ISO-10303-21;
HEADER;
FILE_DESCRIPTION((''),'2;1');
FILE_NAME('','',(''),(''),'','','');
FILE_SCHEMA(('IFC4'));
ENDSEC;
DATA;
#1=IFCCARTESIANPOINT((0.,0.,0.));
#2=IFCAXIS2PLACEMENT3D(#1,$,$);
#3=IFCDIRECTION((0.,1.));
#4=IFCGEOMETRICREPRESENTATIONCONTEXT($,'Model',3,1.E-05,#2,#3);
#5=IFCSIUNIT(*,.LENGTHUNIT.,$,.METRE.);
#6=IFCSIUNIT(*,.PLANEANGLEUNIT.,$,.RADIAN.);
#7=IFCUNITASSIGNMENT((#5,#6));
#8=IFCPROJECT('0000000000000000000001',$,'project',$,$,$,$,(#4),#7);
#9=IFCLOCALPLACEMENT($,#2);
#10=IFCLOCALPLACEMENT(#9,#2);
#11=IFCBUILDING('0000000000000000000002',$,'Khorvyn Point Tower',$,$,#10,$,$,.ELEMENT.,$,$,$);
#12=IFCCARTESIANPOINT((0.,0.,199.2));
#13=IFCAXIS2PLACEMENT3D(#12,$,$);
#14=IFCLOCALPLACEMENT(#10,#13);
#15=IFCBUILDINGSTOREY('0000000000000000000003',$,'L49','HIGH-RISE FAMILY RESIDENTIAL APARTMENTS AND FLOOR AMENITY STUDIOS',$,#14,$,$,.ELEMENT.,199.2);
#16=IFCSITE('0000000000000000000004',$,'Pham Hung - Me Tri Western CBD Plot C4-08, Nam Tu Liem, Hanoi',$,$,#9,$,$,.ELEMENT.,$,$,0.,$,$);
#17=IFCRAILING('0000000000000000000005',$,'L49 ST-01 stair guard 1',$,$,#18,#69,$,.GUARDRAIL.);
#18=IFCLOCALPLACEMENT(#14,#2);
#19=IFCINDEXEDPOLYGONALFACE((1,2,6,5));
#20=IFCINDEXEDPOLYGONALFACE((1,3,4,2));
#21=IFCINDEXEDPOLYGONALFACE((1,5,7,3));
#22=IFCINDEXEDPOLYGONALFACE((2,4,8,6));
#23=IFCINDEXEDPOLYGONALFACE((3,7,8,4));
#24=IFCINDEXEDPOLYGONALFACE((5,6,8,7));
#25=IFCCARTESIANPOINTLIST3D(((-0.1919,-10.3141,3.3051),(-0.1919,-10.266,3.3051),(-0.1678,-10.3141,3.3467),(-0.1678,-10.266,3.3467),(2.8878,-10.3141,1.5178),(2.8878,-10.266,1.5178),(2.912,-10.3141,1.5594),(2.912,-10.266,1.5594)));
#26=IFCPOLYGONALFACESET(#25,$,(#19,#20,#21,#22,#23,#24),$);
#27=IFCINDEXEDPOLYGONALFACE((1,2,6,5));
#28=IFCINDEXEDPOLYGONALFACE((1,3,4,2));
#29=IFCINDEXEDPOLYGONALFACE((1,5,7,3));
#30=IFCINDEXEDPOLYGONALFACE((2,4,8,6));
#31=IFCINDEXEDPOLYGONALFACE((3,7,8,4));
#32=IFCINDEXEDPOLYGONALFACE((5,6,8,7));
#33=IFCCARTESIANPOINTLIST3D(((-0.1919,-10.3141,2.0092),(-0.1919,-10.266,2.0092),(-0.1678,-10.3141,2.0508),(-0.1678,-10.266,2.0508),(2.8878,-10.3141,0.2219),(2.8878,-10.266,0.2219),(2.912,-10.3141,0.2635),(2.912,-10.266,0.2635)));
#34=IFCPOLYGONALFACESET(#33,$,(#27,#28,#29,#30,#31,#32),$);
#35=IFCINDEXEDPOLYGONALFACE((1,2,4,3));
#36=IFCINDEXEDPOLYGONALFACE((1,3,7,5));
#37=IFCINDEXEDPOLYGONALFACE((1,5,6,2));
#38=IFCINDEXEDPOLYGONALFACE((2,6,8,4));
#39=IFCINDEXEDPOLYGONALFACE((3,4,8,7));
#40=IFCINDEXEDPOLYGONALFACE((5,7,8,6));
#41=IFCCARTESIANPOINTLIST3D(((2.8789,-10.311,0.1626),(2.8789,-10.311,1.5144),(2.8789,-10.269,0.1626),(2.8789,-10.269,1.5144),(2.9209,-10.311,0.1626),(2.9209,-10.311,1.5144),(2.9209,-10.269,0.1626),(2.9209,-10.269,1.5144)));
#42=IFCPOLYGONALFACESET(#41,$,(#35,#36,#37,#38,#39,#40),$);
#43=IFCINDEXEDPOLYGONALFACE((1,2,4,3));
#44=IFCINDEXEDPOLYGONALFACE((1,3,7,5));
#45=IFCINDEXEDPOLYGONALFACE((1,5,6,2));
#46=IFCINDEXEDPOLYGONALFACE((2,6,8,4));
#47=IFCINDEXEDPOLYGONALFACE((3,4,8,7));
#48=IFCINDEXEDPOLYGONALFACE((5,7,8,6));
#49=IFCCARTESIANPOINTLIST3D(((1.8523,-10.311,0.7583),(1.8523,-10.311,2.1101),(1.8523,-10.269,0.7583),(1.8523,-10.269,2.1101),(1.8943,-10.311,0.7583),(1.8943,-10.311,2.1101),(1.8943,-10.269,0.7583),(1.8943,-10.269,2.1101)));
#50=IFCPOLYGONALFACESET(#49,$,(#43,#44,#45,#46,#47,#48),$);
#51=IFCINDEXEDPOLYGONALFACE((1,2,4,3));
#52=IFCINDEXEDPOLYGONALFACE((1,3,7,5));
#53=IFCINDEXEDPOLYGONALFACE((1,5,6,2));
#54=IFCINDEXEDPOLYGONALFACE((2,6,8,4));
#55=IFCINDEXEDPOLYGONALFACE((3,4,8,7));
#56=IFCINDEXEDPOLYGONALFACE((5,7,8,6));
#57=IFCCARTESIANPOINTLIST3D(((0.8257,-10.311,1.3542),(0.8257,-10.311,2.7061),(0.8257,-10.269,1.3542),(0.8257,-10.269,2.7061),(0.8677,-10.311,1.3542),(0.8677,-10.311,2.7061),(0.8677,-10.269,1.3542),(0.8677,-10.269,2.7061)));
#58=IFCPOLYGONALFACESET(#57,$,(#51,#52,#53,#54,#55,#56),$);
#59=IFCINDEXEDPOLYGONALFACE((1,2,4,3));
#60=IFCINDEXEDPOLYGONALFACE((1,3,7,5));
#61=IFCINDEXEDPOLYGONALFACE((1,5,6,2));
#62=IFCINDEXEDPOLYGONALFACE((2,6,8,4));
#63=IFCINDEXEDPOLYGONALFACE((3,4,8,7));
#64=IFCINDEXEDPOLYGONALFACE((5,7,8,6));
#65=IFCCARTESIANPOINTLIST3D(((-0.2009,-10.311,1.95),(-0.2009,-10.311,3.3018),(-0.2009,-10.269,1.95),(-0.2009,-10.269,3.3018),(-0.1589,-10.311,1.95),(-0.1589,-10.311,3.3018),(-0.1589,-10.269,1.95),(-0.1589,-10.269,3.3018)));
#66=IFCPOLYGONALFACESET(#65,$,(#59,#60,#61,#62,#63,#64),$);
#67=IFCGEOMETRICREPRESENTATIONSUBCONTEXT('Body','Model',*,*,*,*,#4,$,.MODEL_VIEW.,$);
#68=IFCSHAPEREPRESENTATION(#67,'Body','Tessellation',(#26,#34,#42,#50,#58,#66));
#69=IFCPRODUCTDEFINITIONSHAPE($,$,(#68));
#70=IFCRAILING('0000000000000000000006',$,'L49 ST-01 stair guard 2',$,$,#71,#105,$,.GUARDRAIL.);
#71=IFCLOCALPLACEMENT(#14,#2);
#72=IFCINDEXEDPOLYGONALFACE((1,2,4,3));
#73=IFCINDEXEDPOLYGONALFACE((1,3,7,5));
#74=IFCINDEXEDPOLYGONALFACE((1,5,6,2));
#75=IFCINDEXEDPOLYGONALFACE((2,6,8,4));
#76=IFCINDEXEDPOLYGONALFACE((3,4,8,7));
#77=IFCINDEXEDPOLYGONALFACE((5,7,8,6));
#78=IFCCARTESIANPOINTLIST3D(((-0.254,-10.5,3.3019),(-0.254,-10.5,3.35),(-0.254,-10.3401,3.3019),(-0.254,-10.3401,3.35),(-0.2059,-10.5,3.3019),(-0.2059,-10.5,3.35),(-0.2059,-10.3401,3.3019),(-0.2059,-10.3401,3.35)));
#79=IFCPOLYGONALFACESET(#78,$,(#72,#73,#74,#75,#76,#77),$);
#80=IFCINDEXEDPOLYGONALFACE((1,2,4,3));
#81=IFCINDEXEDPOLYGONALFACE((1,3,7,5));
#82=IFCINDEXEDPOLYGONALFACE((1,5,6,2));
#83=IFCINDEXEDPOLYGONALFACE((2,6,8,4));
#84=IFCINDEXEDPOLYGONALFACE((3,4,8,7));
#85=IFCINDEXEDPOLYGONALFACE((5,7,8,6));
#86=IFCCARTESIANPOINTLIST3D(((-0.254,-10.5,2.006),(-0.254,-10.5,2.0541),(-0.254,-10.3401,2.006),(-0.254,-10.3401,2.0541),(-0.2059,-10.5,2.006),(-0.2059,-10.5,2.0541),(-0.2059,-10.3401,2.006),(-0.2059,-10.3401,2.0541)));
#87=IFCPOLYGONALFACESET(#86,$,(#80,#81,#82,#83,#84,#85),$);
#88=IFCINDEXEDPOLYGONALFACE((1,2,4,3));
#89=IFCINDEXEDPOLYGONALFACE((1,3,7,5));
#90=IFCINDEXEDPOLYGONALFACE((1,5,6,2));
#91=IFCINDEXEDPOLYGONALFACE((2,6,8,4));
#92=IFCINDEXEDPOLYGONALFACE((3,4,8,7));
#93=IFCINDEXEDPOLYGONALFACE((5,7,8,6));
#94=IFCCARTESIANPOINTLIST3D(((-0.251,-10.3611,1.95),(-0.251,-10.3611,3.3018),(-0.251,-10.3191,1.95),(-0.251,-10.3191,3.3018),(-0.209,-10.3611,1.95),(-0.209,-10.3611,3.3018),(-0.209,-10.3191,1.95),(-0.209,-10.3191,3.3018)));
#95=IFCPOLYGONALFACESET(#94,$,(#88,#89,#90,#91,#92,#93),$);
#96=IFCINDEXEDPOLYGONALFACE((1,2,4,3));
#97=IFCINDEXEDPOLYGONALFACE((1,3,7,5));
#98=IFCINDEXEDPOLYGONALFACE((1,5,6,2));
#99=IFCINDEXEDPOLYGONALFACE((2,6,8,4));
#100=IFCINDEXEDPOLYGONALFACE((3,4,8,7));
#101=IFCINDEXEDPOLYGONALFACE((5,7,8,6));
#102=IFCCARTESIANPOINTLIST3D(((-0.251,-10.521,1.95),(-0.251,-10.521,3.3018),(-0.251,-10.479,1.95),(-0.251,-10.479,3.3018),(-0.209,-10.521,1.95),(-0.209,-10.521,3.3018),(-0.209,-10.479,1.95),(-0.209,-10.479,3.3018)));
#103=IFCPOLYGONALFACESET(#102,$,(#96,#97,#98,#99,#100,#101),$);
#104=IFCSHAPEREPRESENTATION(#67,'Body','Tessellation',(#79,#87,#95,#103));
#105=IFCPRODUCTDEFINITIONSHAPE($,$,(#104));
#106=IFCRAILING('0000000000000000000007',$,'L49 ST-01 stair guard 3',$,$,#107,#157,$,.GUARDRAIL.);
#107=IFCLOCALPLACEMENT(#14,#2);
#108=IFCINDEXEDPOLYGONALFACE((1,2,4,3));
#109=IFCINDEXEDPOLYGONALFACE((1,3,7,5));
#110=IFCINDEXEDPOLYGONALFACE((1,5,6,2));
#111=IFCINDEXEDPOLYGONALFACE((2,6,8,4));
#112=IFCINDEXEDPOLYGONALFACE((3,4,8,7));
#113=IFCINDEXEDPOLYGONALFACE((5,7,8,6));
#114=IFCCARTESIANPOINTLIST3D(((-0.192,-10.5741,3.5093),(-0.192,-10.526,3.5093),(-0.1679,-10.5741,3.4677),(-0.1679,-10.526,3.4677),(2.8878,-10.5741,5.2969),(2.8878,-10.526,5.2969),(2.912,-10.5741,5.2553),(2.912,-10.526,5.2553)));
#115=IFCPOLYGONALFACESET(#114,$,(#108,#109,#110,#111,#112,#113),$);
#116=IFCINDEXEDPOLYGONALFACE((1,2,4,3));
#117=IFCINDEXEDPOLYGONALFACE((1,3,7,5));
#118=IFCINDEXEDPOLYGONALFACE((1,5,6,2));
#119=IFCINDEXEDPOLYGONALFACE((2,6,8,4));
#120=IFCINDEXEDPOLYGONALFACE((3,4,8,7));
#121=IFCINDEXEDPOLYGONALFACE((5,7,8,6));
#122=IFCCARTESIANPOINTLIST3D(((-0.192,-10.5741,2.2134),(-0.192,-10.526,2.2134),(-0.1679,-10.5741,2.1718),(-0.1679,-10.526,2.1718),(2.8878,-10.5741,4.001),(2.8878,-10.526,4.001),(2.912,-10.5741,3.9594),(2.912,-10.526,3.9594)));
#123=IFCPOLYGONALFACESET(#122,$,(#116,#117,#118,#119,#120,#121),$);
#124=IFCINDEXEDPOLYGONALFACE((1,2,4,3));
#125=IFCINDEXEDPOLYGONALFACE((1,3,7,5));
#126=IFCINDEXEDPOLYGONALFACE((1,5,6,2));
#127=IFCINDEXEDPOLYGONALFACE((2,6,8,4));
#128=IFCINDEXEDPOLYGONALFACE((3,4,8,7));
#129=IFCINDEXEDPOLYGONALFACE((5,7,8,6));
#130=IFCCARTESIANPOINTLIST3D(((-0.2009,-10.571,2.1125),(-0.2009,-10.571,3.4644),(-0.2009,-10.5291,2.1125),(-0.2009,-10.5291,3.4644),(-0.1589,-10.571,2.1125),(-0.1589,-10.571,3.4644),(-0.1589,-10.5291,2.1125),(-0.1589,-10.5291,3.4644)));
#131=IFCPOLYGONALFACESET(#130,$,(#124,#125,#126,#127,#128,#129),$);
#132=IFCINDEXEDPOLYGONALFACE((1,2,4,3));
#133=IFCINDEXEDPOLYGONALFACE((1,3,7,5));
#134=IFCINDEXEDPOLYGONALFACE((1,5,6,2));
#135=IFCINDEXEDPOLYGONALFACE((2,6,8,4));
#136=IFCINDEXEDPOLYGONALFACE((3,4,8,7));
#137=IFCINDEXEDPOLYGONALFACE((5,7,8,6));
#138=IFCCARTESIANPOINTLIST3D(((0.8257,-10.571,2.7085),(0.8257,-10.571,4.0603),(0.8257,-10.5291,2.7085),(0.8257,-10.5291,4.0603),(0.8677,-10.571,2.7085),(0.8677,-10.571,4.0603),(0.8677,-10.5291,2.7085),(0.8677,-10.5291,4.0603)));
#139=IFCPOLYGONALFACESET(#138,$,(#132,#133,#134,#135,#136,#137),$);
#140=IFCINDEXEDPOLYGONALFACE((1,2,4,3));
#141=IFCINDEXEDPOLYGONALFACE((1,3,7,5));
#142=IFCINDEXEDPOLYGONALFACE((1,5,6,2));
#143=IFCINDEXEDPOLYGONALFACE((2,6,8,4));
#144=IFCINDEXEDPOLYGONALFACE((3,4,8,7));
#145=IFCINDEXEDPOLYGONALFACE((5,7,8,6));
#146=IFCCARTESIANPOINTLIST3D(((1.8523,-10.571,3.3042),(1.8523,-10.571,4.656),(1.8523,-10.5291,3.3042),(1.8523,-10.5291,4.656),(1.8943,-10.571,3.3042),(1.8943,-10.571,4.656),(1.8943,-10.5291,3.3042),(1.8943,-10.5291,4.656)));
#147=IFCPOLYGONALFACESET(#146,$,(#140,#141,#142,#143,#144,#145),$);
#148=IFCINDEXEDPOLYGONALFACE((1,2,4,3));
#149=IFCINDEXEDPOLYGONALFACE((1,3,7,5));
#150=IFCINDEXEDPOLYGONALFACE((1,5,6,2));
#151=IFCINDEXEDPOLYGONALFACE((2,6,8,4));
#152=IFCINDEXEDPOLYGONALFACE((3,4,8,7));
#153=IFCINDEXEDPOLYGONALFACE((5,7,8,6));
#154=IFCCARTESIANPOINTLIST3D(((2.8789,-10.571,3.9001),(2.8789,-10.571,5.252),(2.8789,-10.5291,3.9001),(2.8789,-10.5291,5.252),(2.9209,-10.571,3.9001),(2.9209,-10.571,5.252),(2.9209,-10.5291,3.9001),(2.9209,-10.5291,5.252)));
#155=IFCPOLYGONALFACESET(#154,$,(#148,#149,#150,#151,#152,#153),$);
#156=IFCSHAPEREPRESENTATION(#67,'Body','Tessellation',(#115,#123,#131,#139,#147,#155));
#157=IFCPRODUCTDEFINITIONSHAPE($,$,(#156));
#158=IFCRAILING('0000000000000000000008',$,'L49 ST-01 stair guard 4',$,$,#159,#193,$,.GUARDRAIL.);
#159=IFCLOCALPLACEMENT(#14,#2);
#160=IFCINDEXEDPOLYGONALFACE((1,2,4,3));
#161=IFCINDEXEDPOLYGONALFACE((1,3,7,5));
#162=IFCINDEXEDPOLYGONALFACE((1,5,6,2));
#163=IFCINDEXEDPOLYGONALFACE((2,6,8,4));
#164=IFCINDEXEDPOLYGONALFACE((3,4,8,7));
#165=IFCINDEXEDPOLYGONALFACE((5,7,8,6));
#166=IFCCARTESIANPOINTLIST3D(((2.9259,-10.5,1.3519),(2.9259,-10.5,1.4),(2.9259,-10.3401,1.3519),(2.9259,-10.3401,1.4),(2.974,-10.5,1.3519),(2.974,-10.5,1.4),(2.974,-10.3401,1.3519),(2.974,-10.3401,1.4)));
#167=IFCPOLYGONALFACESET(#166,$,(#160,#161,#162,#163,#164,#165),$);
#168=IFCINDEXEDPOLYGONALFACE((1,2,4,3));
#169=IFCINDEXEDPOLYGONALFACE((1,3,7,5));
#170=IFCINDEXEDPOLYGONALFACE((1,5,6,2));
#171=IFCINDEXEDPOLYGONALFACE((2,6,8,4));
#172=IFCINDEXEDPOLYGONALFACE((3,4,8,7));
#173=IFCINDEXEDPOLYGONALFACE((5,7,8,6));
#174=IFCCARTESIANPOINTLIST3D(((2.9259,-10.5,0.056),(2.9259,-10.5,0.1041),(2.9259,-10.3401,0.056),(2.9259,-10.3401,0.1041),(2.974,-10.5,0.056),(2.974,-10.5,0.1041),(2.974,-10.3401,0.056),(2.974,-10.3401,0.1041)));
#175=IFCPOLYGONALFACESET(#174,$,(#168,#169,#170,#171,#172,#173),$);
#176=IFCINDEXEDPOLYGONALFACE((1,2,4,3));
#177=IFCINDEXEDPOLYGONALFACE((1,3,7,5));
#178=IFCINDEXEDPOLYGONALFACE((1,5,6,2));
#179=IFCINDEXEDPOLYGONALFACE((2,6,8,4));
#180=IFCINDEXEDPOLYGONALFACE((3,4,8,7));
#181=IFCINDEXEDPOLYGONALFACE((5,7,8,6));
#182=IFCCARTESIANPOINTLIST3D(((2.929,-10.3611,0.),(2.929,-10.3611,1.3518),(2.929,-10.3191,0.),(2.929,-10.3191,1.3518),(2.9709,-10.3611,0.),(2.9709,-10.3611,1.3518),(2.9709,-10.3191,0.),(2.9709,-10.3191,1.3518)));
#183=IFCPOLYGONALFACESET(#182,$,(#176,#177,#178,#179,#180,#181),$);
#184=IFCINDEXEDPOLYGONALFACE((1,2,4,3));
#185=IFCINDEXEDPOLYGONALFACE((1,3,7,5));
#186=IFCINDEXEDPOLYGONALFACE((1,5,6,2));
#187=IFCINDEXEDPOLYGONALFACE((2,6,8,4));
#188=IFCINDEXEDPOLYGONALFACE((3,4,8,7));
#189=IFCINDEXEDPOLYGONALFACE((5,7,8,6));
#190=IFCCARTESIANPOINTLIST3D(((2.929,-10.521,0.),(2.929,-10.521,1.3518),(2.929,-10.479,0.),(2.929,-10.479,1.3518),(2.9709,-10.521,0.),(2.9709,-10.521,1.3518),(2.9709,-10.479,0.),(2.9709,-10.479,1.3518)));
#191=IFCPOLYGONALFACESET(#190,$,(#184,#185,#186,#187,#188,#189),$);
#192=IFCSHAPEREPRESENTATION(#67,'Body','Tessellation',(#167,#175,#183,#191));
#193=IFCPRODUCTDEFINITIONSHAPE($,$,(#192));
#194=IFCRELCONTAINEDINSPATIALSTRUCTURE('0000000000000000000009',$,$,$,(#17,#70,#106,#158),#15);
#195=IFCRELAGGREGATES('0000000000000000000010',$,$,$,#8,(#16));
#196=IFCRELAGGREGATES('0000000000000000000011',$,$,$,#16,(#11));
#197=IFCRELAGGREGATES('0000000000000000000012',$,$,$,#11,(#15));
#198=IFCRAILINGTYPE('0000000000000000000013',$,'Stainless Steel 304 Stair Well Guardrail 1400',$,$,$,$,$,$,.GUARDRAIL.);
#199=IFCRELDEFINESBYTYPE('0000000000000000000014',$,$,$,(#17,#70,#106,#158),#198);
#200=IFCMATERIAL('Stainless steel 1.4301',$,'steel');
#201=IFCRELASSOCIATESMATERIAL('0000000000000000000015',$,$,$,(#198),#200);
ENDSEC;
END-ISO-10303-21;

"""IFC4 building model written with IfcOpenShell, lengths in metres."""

from ifc_helpers import new_model, si_unit, direction, frame, origin, origin_2d, place, context, subcontext, project, spatial, rectangle, extrude, material, type_object, element, save


model = new_model("IFC4")

# Units and contexts
model_context = context("Model", 3, precision=1e-05, world=origin(), true_north=direction((0.0, 1.0)))
body_context = subcontext(model_context, "Body", "Model", "MODEL_VIEW")
ifc_project = project(units=[si_unit("LENGTHUNIT", "METRE"), si_unit("PLANEANGLEUNIT", "RADIAN")], contexts=[model_context])

# Site, building, storey
site_placement = place(None, origin())
site = spatial("IfcSite", under=ifc_project, at=site_placement, Name="Pham Hung - Me Tri Western CBD Plot C4-08, Nam Tu Liem, Hanoi", CompositionType="ELEMENT", RefElevation=0.0)
building_placement = place(site_placement, origin())
building = spatial("IfcBuilding", under=site, at=building_placement, Name="Khorvyn Point Tower", CompositionType="ELEMENT")
storey_placement = place(building_placement, frame((0.0, 0.0, 199.2)))
storey = spatial("IfcBuildingStorey", under=building, at=storey_placement, Name="L49", Description="HIGH-RISE FAMILY RESIDENTIAL APARTMENTS AND FLOOR AMENITY STUDIOS", CompositionType="ELEMENT", Elevation=199.2)

# Shared definitions
ifc_material_1 = material(Name="Stainless steel 1.4301", Category="steel")

# Railings
railing_type_1 = type_object("IfcRailingType", Name="Stainless Steel 304 Stair Well Guardrail 1400", PredefinedType="GUARDRAIL", material=ifc_material_1)
railing_1_placement = place(storey_placement, frame((2.8999, -10.29, 0.1626)))
element("IfcRailing", 1, at=railing_1_placement, inside=storey, type_object=railing_type_1, Name="L49 ST-01 stair guard 1", PredefinedType="GUARDRAIL", context=body_context, shape_type="SweptSolid", body=[
    extrude(rectangle(XDim=0.0481, YDim=0.0481, at=origin_2d()), frame((0.0, 0.0, 1.376), z_axis=(-0.864903, 0.0, 0.501939), x_axis=(0.0, -1.0, 0.0)), (0.0, 0.0, 1.0), 3.5608),
    extrude(rectangle(XDim=0.0481, YDim=0.0481, at=origin_2d()), frame((0.0, 0.0, 0.0801), z_axis=(-0.864903, 0.0, 0.501939), x_axis=(0.0, -1.0, 0.0)), (0.0, 0.0, 1.0), 3.5608),
    extrude(rectangle(XDim=0.042, YDim=0.042, at=origin_2d()), origin(), (0.0, 0.0, 1.0), 1.3518),
    extrude(rectangle(XDim=0.042, YDim=0.042, at=origin_2d()), frame((-1.0266, 0.0, 0.5957)), (0.0, 0.0, 1.0), 1.3518),
    extrude(rectangle(XDim=0.042, YDim=0.042, at=origin_2d()), frame((-2.0532, 0.0, 1.1917)), (0.0, 0.0, 1.0), 1.3518),
    extrude(rectangle(XDim=0.042, YDim=0.042, at=origin_2d()), frame((-3.0798, 0.0, 1.7874)), (0.0, 0.0, 1.0), 1.3518),
])
railing_2_placement = place(storey_placement, frame((-0.23, -10.3401, 1.95)))
element("IfcRailing", 2, at=railing_2_placement, inside=storey, type_object=railing_type_1, Name="L49 ST-01 stair guard 2", PredefinedType="GUARDRAIL", context=body_context, shape_type="SweptSolid", body=[
    extrude(rectangle(XDim=0.0481, YDim=0.0481, at=origin_2d()), frame((0.0, 0.0, 1.376), z_axis=(0.0, -1.0, 0.0), x_axis=(1.0, 0.0, 0.0)), (0.0, 0.0, 1.0), 0.1599),
    extrude(rectangle(XDim=0.0481, YDim=0.0481, at=origin_2d()), frame((0.0, 0.0, 0.0801), z_axis=(0.0, -1.0, 0.0), x_axis=(1.0, 0.0, 0.0)), (0.0, 0.0, 1.0), 0.1599),
    extrude(rectangle(XDim=0.042, YDim=0.042, at=origin_2d()), origin(), (0.0, 0.0, 1.0), 1.3518),
    extrude(rectangle(XDim=0.042, YDim=0.042, at=origin_2d()), frame((0.0, -0.1599, 0.0)), (0.0, 0.0, 1.0), 1.3518),
])
railing_3_placement = place(storey_placement, frame((-0.1799, -10.55, 2.1125)))
element("IfcRailing", 3, at=railing_3_placement, inside=storey, type_object=railing_type_1, Name="L49 ST-01 stair guard 3", PredefinedType="GUARDRAIL", context=body_context, shape_type="SweptSolid", body=[
    extrude(rectangle(XDim=0.0481, YDim=0.0481, at=origin_2d()), frame((0.0, 0.0, 1.376), z_axis=(0.864873, 0.0, 0.50199), x_axis=(0.0, 1.0, 0.0)), (0.0, 0.0, 1.0), 3.561),
    extrude(rectangle(XDim=0.0481, YDim=0.0481, at=origin_2d()), frame((0.0, 0.0, 0.0801), z_axis=(0.864873, 0.0, 0.50199), x_axis=(0.0, 1.0, 0.0)), (0.0, 0.0, 1.0), 3.561),
    extrude(rectangle(XDim=0.042, YDim=0.042, at=origin_2d()), origin(), (0.0, 0.0, 1.0), 1.3518),
    extrude(rectangle(XDim=0.042, YDim=0.042, at=origin_2d()), frame((1.0266, 0.0, 0.5959)), (0.0, 0.0, 1.0), 1.3518),
    extrude(rectangle(XDim=0.042, YDim=0.042, at=origin_2d()), frame((2.0532, 0.0, 1.1917)), (0.0, 0.0, 1.0), 1.3518),
    extrude(rectangle(XDim=0.042, YDim=0.042, at=origin_2d()), frame((3.0798, 0.0, 1.7876)), (0.0, 0.0, 1.0), 1.3518),
])
railing_4_placement = place(storey_placement, frame((2.95, -10.3401, 0.0)))
element("IfcRailing", 4, at=railing_4_placement, inside=storey, type_object=railing_type_1, Name="L49 ST-01 stair guard 4", PredefinedType="GUARDRAIL", context=body_context, shape_type="SweptSolid", body=[
    extrude(rectangle(XDim=0.0481, YDim=0.0481, at=origin_2d()), frame((0.0, 0.0, 1.376), z_axis=(0.0, -1.0, 0.0), x_axis=(1.0, 0.0, 0.0)), (0.0, 0.0, 1.0), 0.1599),
    extrude(rectangle(XDim=0.0481, YDim=0.0481, at=origin_2d()), frame((0.0, 0.0, 0.0801), z_axis=(0.0, -1.0, 0.0), x_axis=(1.0, 0.0, 0.0)), (0.0, 0.0, 1.0), 0.1599),
    extrude(rectangle(XDim=0.042, YDim=0.042, at=origin_2d()), origin(), (0.0, 0.0, 1.0), 1.3518),
    extrude(rectangle(XDim=0.042, YDim=0.042, at=origin_2d()), frame((0.0, -0.1599, 0.0)), (0.0, 0.0, 1.0), 1.3518),
])

save(model, "model.ifc")
